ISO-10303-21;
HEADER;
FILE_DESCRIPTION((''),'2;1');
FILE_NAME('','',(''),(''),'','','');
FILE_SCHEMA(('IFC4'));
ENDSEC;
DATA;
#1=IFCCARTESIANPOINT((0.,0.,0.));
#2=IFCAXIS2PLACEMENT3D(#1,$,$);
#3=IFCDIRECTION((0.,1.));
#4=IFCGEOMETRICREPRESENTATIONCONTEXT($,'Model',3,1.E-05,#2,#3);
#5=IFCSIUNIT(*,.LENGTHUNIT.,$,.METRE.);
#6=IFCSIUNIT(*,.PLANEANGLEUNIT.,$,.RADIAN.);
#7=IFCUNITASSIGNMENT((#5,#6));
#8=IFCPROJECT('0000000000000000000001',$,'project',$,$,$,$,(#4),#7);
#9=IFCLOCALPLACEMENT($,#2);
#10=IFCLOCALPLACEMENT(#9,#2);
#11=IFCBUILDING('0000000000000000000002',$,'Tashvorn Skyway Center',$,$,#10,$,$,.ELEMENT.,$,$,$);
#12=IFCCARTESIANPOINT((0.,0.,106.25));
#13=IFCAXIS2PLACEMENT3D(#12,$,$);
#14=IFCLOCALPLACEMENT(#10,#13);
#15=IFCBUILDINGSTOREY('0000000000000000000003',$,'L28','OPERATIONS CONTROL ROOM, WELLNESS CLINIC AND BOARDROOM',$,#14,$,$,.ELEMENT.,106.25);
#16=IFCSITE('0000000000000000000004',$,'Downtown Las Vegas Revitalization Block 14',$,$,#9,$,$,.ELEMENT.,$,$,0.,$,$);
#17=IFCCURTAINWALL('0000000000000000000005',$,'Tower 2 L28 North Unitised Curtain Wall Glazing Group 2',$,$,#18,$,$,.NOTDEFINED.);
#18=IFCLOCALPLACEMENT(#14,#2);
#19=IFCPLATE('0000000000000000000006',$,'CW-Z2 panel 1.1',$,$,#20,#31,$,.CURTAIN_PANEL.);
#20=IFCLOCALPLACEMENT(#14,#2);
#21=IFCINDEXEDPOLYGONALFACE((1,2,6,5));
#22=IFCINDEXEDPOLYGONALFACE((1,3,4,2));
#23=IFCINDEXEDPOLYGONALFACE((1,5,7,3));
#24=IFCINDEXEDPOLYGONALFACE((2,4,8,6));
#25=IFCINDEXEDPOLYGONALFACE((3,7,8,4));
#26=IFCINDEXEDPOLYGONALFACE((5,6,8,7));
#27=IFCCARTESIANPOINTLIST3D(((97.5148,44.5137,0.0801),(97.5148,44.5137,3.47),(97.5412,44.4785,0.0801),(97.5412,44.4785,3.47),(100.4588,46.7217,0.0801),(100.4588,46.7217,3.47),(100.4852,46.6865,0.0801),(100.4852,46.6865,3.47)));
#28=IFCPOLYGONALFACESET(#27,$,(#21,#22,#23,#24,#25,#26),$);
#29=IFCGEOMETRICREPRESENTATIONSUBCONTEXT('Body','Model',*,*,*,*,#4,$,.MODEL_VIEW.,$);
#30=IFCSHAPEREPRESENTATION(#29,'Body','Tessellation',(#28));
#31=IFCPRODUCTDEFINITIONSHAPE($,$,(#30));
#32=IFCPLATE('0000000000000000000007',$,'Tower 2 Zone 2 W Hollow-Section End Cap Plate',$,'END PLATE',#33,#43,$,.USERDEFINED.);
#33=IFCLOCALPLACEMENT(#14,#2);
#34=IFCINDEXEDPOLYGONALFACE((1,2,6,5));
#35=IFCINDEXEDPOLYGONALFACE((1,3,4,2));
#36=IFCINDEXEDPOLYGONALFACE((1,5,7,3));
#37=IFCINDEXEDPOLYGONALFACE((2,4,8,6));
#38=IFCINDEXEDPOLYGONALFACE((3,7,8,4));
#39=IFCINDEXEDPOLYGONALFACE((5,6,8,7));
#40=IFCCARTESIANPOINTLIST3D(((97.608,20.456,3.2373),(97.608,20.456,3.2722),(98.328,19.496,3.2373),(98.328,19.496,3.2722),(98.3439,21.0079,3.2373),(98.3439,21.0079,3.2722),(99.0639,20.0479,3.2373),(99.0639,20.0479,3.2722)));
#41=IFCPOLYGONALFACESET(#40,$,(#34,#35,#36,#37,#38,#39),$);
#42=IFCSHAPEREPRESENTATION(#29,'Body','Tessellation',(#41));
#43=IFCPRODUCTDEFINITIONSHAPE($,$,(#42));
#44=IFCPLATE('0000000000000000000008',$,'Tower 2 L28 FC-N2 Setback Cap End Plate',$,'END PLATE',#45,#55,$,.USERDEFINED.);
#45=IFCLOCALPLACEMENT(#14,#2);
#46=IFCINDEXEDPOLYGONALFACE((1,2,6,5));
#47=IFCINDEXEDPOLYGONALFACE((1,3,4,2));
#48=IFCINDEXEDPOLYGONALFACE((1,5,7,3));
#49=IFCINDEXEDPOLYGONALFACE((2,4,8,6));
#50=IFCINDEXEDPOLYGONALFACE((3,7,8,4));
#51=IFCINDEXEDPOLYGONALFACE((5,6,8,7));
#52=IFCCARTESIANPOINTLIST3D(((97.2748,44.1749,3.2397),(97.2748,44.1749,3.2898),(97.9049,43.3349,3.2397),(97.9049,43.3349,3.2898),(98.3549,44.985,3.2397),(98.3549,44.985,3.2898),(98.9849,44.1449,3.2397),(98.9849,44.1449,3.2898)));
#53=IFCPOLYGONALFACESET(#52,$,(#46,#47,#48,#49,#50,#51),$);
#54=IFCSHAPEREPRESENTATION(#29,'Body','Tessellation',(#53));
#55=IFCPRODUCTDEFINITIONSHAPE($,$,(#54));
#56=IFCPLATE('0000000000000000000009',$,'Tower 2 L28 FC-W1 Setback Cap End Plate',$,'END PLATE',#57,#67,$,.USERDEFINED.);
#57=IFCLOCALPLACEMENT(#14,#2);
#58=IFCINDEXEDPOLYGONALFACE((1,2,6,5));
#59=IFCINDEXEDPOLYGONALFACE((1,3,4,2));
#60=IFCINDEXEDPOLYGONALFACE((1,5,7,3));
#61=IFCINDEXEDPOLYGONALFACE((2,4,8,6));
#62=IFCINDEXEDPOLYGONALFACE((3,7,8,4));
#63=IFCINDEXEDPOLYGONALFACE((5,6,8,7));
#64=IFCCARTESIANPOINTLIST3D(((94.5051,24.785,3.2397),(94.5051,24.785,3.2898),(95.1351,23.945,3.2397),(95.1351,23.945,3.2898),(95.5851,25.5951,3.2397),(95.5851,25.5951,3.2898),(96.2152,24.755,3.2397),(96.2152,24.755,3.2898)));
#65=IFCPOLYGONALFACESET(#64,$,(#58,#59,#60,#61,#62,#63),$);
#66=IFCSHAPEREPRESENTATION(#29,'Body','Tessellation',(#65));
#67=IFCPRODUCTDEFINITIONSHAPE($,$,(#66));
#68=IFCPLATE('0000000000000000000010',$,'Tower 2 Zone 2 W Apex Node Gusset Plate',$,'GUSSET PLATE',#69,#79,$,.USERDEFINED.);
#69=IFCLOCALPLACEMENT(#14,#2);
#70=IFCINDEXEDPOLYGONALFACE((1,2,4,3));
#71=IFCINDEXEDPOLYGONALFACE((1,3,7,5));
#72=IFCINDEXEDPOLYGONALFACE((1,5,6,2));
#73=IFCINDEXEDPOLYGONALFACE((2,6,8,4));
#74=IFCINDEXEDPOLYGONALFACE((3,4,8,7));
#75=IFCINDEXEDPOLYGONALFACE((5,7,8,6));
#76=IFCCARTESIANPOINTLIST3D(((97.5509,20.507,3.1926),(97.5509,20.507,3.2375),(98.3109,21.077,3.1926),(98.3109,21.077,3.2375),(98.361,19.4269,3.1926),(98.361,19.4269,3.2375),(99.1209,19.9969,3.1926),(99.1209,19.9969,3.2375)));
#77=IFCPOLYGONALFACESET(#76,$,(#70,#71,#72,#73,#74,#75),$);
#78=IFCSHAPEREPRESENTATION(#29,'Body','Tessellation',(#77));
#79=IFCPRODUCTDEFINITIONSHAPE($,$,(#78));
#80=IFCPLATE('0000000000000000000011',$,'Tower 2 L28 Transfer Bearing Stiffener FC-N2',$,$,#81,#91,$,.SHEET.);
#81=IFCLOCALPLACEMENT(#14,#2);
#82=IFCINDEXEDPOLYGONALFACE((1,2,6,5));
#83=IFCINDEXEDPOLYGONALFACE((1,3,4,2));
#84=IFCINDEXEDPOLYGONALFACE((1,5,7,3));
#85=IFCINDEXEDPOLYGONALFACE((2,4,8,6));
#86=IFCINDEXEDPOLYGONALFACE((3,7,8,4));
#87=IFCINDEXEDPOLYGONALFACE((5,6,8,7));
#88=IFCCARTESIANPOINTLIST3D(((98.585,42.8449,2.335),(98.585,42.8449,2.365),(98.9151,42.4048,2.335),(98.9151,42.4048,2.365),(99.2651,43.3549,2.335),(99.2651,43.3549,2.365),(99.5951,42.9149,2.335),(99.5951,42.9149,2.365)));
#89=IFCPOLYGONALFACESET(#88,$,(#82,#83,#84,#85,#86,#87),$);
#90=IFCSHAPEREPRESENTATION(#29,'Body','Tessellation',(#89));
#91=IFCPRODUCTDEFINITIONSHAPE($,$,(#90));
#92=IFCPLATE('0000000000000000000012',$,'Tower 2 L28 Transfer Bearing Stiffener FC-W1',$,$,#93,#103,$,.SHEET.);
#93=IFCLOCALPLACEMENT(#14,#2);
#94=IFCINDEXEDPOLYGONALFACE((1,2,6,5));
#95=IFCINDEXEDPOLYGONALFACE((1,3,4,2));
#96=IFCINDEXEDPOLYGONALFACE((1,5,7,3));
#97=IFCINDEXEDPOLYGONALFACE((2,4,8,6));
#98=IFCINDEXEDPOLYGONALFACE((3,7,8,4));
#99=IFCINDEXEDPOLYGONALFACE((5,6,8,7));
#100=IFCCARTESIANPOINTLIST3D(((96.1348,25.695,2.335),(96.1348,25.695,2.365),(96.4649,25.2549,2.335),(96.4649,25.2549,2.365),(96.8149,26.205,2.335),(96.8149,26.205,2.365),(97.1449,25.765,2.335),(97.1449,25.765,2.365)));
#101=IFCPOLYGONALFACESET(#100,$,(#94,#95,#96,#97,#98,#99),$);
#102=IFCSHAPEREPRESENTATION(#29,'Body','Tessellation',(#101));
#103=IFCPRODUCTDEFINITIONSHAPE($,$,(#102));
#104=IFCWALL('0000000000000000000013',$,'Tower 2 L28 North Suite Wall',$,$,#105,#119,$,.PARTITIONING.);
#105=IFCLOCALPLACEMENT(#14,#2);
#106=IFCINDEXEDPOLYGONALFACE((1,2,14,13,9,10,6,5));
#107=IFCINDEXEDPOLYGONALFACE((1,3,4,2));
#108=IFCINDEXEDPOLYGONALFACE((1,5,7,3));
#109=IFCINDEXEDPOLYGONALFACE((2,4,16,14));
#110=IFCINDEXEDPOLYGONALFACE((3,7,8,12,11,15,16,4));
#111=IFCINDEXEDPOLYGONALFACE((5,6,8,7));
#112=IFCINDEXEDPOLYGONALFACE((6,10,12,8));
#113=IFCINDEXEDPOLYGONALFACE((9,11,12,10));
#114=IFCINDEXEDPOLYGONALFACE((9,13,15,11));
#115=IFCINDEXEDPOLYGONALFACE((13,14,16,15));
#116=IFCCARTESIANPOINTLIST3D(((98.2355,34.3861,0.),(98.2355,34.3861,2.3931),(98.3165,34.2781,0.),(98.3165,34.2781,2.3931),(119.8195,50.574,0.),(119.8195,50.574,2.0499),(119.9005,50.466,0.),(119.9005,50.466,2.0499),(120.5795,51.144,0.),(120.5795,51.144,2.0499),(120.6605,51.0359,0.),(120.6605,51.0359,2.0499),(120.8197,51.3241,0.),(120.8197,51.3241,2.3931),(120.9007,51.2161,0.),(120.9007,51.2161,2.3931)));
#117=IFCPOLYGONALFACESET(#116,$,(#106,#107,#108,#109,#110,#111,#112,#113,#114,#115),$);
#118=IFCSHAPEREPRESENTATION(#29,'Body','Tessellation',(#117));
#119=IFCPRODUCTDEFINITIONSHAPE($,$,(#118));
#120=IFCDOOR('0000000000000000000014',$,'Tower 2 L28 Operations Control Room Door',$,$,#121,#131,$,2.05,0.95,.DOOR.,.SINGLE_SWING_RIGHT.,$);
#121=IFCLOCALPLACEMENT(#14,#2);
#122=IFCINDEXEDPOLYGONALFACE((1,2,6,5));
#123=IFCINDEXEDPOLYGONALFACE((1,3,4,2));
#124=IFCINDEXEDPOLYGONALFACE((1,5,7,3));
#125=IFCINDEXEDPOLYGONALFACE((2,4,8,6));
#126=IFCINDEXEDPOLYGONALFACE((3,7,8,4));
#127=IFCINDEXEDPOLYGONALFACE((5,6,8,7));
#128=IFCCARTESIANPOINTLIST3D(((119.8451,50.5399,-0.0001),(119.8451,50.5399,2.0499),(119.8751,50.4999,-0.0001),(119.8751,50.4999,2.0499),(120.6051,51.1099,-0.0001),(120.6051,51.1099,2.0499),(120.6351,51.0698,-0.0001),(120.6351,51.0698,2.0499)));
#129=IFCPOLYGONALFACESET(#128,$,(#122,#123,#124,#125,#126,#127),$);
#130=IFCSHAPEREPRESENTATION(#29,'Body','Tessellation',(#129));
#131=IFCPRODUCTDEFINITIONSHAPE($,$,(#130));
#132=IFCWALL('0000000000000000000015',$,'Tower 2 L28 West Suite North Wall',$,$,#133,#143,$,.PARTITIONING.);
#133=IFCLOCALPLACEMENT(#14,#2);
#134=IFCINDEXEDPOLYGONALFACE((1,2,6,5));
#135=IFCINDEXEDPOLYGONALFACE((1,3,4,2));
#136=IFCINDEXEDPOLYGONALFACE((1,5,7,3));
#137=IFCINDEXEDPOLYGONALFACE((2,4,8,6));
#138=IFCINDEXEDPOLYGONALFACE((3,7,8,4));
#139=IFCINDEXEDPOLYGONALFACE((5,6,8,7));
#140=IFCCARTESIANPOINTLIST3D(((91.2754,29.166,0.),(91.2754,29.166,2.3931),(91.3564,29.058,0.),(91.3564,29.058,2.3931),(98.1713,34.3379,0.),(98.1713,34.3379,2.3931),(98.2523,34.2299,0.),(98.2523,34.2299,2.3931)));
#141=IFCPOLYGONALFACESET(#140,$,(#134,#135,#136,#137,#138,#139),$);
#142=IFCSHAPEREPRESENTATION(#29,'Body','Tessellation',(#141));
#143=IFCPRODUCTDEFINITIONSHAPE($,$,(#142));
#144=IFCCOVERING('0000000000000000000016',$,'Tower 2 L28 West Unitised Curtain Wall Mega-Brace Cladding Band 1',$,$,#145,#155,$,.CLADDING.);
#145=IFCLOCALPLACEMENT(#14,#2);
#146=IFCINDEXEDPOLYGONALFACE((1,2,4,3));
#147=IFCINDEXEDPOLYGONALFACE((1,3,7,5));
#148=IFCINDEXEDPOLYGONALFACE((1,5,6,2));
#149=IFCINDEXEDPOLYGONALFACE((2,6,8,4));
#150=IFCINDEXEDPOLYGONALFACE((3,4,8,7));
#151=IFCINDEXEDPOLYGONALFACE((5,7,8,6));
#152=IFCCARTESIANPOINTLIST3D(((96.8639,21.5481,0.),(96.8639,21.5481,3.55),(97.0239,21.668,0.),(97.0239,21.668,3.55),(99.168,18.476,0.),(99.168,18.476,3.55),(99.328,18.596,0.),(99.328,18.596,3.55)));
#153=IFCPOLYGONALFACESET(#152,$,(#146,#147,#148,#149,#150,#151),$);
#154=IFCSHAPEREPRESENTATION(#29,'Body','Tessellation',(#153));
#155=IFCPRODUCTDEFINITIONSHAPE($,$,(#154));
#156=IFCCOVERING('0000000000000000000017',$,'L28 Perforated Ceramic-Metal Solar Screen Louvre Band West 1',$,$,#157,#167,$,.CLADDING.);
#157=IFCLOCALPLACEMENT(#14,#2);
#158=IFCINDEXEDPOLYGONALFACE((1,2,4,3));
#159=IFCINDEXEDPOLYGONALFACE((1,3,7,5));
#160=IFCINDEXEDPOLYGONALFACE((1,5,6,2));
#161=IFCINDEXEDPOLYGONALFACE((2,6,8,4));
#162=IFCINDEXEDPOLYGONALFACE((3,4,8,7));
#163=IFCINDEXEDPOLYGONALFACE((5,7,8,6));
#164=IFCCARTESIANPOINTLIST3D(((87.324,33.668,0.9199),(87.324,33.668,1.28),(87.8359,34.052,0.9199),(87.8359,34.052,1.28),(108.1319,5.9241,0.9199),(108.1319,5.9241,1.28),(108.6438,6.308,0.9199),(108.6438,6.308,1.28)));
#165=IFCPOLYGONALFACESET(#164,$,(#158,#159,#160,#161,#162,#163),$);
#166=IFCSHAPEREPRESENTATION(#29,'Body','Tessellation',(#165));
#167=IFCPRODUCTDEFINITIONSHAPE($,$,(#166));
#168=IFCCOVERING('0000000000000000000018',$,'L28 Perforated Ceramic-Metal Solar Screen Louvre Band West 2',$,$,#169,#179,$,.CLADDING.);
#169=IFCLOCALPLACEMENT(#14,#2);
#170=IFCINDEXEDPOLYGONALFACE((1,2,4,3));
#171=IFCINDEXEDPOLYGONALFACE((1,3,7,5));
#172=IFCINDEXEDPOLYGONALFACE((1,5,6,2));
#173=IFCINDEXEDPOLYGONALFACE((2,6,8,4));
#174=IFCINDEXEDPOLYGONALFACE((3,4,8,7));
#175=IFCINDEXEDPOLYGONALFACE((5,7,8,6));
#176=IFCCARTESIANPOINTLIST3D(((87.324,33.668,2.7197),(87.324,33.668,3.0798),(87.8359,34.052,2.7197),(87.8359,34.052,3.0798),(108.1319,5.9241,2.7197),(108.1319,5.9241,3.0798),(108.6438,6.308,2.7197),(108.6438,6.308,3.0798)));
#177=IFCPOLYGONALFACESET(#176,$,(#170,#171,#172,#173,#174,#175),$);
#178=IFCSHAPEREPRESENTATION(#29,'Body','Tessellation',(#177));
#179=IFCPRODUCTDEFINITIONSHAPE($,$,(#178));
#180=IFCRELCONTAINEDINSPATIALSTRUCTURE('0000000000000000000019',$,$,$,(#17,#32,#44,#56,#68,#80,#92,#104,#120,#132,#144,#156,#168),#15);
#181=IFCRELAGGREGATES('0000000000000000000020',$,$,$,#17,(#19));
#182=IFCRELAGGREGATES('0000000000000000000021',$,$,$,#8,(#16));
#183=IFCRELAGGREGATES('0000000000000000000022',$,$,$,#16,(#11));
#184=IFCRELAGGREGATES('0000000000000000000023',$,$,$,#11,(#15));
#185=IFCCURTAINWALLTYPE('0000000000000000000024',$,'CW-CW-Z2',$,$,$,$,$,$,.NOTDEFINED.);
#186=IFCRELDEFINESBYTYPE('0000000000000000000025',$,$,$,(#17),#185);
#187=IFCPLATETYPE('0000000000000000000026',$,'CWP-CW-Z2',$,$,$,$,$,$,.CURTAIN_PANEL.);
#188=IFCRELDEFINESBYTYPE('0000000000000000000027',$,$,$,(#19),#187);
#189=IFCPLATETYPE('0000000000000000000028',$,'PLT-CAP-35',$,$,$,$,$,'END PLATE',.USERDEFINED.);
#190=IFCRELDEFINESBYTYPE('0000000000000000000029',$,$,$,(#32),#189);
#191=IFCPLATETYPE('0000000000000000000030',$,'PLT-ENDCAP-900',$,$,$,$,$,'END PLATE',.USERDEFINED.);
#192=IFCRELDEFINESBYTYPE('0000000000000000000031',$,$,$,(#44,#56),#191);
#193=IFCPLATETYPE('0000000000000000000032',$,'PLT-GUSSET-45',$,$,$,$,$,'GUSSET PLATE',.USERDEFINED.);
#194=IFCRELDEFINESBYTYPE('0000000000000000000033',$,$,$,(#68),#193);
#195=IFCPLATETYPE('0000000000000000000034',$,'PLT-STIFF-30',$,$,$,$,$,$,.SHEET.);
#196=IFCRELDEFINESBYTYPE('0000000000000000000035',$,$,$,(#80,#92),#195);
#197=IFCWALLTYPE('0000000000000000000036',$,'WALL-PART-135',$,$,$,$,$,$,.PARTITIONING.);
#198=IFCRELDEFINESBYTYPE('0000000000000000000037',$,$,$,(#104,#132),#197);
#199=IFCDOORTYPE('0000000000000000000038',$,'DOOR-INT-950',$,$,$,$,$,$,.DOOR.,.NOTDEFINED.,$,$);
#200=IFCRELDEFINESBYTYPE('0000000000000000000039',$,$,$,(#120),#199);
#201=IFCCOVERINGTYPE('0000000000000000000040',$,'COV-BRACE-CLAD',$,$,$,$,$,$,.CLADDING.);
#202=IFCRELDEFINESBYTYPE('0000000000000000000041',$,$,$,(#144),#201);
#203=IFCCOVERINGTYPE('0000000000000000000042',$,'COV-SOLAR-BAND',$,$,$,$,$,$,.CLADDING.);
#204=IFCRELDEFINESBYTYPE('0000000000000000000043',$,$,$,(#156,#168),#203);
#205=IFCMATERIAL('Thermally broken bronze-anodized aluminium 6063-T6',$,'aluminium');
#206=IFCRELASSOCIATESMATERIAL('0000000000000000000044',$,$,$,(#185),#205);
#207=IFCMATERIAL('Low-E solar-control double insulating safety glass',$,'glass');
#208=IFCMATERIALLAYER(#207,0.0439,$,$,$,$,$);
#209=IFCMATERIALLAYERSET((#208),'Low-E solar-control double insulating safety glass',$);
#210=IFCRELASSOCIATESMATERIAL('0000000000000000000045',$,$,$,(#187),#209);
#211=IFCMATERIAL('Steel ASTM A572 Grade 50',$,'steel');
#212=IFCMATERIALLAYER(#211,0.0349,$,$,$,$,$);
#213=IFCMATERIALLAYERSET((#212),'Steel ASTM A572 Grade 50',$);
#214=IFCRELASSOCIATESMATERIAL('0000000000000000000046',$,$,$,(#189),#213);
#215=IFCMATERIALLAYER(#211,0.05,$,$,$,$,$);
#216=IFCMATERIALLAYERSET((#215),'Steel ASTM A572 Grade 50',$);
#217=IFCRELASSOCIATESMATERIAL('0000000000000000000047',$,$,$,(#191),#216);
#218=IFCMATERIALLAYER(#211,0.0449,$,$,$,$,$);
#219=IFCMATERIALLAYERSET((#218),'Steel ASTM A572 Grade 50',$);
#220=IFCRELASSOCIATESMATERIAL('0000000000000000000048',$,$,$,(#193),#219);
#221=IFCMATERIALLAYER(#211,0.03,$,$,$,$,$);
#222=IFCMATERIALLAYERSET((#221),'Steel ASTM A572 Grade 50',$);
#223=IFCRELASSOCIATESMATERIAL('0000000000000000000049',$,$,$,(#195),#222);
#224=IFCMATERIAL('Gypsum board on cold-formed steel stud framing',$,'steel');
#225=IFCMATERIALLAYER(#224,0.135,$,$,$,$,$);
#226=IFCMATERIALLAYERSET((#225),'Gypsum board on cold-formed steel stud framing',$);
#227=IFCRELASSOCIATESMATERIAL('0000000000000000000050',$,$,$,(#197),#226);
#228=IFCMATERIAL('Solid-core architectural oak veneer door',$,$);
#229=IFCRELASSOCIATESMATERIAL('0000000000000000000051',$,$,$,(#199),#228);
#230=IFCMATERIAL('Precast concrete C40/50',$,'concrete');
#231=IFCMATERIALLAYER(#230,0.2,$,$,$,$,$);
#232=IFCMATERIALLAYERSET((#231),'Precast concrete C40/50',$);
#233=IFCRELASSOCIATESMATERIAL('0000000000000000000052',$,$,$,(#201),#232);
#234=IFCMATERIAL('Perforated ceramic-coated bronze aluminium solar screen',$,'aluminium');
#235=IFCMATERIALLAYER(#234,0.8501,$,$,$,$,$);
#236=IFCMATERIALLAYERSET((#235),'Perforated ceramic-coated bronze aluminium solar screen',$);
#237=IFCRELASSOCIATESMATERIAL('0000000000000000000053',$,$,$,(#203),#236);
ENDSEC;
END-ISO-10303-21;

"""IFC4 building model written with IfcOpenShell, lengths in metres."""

from ifc_helpers import new_model, si_unit, direction, frame, frame_2d, origin, origin_2d, place, context, subcontext, project, spatial, rectangle, extrude, material, layer, layer_set, type_object, element, fill, aggregate, save


model = new_model("IFC4")

# Units and contexts
model_context = context("Model", 3, precision=1e-05, world=origin(), true_north=direction((0.0, 1.0)))
body_context = subcontext(model_context, "Body", "Model", "MODEL_VIEW")
ifc_project = project(units=[si_unit("LENGTHUNIT", "METRE"), si_unit("PLANEANGLEUNIT", "RADIAN")], contexts=[model_context])

# Site, building, storey
site_placement = place(None, origin())
site = spatial("IfcSite", under=ifc_project, at=site_placement, Name="Downtown Las Vegas Revitalization Block 14", CompositionType="ELEMENT", RefElevation=0.0)
building_placement = place(site_placement, origin())
building = spatial("IfcBuilding", under=site, at=building_placement, Name="Tashvorn Skyway Center", CompositionType="ELEMENT")
storey_placement = place(building_placement, frame((0.0, 0.0, 106.25)))
storey = spatial("IfcBuildingStorey", under=building, at=storey_placement, Name="L28", Description="OPERATIONS CONTROL ROOM, WELLNESS CLINIC AND BOARDROOM", CompositionType="ELEMENT", Elevation=106.25)

# Shared definitions
ifc_material_1 = material(Name="Steel ASTM A572 Grade 50", Category="steel")

# Shared definitions
ifc_material_2 = material(Name="Thermally broken bronze-anodized aluminium 6063-T6", Category="aluminium")
curtain_wall_type = type_object("IfcCurtainWallType", Name="CW-CW-Z2", PredefinedType="NOTDEFINED", material=ifc_material_2)

# Curtain wall
curtain_wall_1_placement = place(storey_placement, origin())
curtain_wall_1 = element("IfcCurtainWall", 1, at=curtain_wall_1_placement, inside=storey, type_object=curtain_wall_type, Name="Tower 2 L28 North Unitised Curtain Wall Glazing Group 2", PredefinedType="NOTDEFINED")

# Plate
ifc_material_3 = material(Name="Low-E solar-control double insulating safety glass", Category="glass")
ifc_layer_1 = layer(ifc_material_3, 0.0439)
ifc_layer_set_1 = layer_set([ifc_layer_1], Name="Low-E solar-control double insulating safety glass")
plate_type_1 = type_object("IfcPlateType", Name="CWP-CW-Z2", PredefinedType="CURTAIN_PANEL", material=ifc_layer_set_1)
plate_1_placement = place(storey_placement, frame((99.0, 45.6001, 0.0801), z_axis=(0.0, 0.0, 1.0), x_axis=(0.8, 0.6, 0.0)))
plate_1 = element("IfcPlate", 2, at=plate_1_placement, type_object=plate_type_1, Name="CW-Z2 panel 1.1", PredefinedType="CURTAIN_PANEL", context=body_context, shape_type="SweptSolid", body=[
    extrude(rectangle(XDim=3.6799, YDim=0.0439, at=origin_2d()), origin(), (0.0, 0.0, 1.0), 3.3899),
])
aggregate(curtain_wall_1, [plate_1])

# Plates
ifc_layer_2 = layer(ifc_material_1, 0.0349)
ifc_layer_set_2 = layer_set([ifc_layer_2], Name="Steel ASTM A572 Grade 50")
plate_type_2 = type_object("IfcPlateType", Name="PLT-CAP-35", ElementType="END PLATE", PredefinedType="USERDEFINED", material=ifc_layer_set_2)
plate_2_placement = place(storey_placement, frame((98.3359, 20.252, 3.2373), z_axis=(0.0, 0.0, 1.0), x_axis=(0.6, -0.8, 0.0)))
element("IfcPlate", 3, at=plate_2_placement, inside=storey, type_object=plate_type_2, Name="Tower 2 Zone 2 W Hollow-Section End Cap Plate", ObjectType="END PLATE", PredefinedType="USERDEFINED", context=body_context, shape_type="SweptSolid", body=[
    extrude(rectangle(XDim=1.2, YDim=0.9199, at=origin_2d()), origin(), (0.0, 0.0, 1.0), 0.0349),
])
ifc_layer_3 = layer(ifc_material_1, 0.05)
ifc_layer_set_3 = layer_set([ifc_layer_3], Name="Steel ASTM A572 Grade 50")
plate_type_3 = type_object("IfcPlateType", Name="PLT-ENDCAP-900", ElementType="END PLATE", PredefinedType="USERDEFINED", material=ifc_layer_set_3)
for number, where, z_axis, x_axis, name in (
    (4, (98.1299, 44.1599, 3.2397), (0.0, 0.0, 1.0), (0.8, 0.6, 0.0), "Tower 2 L28 FC-N2 Setback Cap End Plate"),
    (5, (95.3601, 24.77, 3.2397), (0.0, 0.0, 1.0), (0.8, 0.6, 0.0), "Tower 2 L28 FC-W1 Setback Cap End Plate"),
):
    element("IfcPlate", number, at=place(storey_placement, frame(where, z_axis=z_axis, x_axis=x_axis)), inside=storey, type_object=plate_type_3, Name=name, ObjectType="END PLATE", PredefinedType="USERDEFINED", context=body_context, shape_type="SweptSolid", body=[
        extrude(rectangle(XDim=1.3501, YDim=1.05, at=origin_2d()), origin(), (0.0, 0.0, 1.0), 0.05),
    ])
ifc_layer_4 = layer(ifc_material_1, 0.0449)
ifc_layer_set_4 = layer_set([ifc_layer_4], Name="Steel ASTM A572 Grade 50")
plate_type_4 = type_object("IfcPlateType", Name="PLT-GUSSET-45", ElementType="GUSSET PLATE", PredefinedType="USERDEFINED", material=ifc_layer_set_4)
plate_3_placement = place(storey_placement, frame((98.3359, 20.252, 3.1926), z_axis=(0.0, 0.0, 1.0), x_axis=(0.6, -0.8, 0.0)))
element("IfcPlate", 6, at=plate_3_placement, inside=storey, type_object=plate_type_4, Name="Tower 2 Zone 2 W Apex Node Gusset Plate", ObjectType="GUSSET PLATE", PredefinedType="USERDEFINED", context=body_context, shape_type="SweptSolid", body=[
    extrude(rectangle(XDim=1.3501, YDim=0.95, at=origin_2d()), origin(), (0.0, 0.0, 1.0), 0.0449),
])
ifc_layer_5 = layer(ifc_material_1, 0.03)
ifc_layer_set_5 = layer_set([ifc_layer_5], Name="Steel ASTM A572 Grade 50")
plate_type_5 = type_object("IfcPlateType", Name="PLT-STIFF-30", PredefinedType="SHEET", material=ifc_layer_set_5)
for number, where, z_axis, x_axis, name in (
    (7, (99.0901, 42.8799, 2.335), (0.0, 0.0, 1.0), (0.8, 0.6, 0.0), "Tower 2 L28 Transfer Bearing Stiffener FC-N2"),
    (8, (96.6399, 25.73, 2.335), (0.0, 0.0, 1.0), (0.8, 0.6, 0.0), "Tower 2 L28 Transfer Bearing Stiffener FC-W1"),
):
    element("IfcPlate", number, at=place(storey_placement, frame(where, z_axis=z_axis, x_axis=x_axis)), inside=storey, type_object=plate_type_5, Name=name, PredefinedType="SHEET", context=body_context, shape_type="SweptSolid", body=[
        extrude(rectangle(XDim=0.8501, YDim=0.55, at=origin_2d()), origin(), (0.0, 0.0, 1.0), 0.03),
    ])

# Wall, opening, door
ifc_material_4 = material(Name="Gypsum board on cold-formed steel stud framing", Category="steel")
ifc_layer_6 = layer(ifc_material_4, 0.135)
ifc_layer_set_6 = layer_set([ifc_layer_6], Name="Gypsum board on cold-formed steel stud framing")
wall_type = type_object("IfcWallType", Name="WALL-PART-135", PredefinedType="PARTITIONING", material=ifc_layer_set_6)
wall_1_placement = place(storey_placement, frame((98.2759, 34.332, 0.0), z_axis=(0.0, 0.0, 1.0), x_axis=(0.800003, 0.599996, 0.0)))
wall_1 = element("IfcWall", 9, at=wall_1_placement, inside=storey, type_object=wall_type, Name="Tower 2 L28 North Suite Wall", PredefinedType="PARTITIONING", context=body_context, shape_type="SweptSolid", body=[
    extrude(rectangle(XDim=28.2302, YDim=0.135, at=frame_2d((14.1152, 0.0))), origin(), (0.0, 0.0, 1.0), 2.3931),
])
opening_placement = place(wall_1_placement, frame((26.98, 0.0, 0.0)))
opening = element("IfcOpeningElement", 10, at=opening_placement, cuts=wall_1, PredefinedType="OPENING", context=body_context, shape_type="SweptSolid", body=[
    extrude(rectangle(XDim=0.95, YDim=2.05, at=frame_2d((0.4751, 1.0249))), frame((0.0, 0.0774, 0.0), z_axis=(0.0, -1.0, 0.0), x_axis=(1.0, 0.0, 0.0)), (0.0, 0.0, 1.0), 0.155),
])
ifc_material_5 = material(Name="Solid-core architectural oak veneer door")
door_type = type_object("IfcDoorType", Name="DOOR-INT-950", OperationType="NOTDEFINED", PredefinedType="DOOR", material=ifc_material_5)
door_placement = place(opening_placement, origin())
door = element("IfcDoor", 11, at=door_placement, inside=storey, type_object=door_type, Name="Tower 2 L28 Operations Control Room Door", OperationType="SINGLE_SWING_RIGHT", OverallHeight=2.05, OverallWidth=0.95, PredefinedType="DOOR", context=body_context, shape_type="SweptSolid", body=[
    extrude(rectangle(XDim=0.95, YDim=2.05, at=frame_2d((0.4751, 1.0249))), frame((0.0, 0.0249, 0.0), z_axis=(0.0, -1.0, 0.0), x_axis=(1.0, 0.0, 0.0)), (0.0, 0.0, 1.0), 0.05),
])
fill(opening, door)

# Wall
wall_2_placement = place(storey_placement, frame((98.2119, 34.2839, 0.0), z_axis=(0.0, 0.0, 1.0), x_axis=(-0.800007, -0.599991, 0.0)))
element("IfcWall", 12, at=wall_2_placement, inside=storey, type_object=wall_type, Name="Tower 2 L28 West Suite North Wall", PredefinedType="PARTITIONING", context=body_context, shape_type="SweptSolid", body=[
    extrude(rectangle(XDim=8.6199, YDim=0.135, at=frame_2d((4.3101, 0.0))), origin(), (0.0, 0.0, 1.0), 2.3931),
])

# Coverings
ifc_material_6 = material(Name="Precast concrete C40/50", Category="concrete")
ifc_layer_7 = layer(ifc_material_6, 0.2)
ifc_layer_set_7 = layer_set([ifc_layer_7], Name="Precast concrete C40/50")
covering_type_1 = type_object("IfcCoveringType", Name="COV-BRACE-CLAD", PredefinedType="CLADDING", material=ifc_layer_set_7)
covering_placement = place(storey_placement, frame((98.0959, 20.072, 0.0), z_axis=(0.0, 0.0, 1.0), x_axis=(-0.6, 0.8, 0.0)))
element("IfcCovering", 13, at=covering_placement, inside=storey, type_object=covering_type_1, Name="Tower 2 L28 West Unitised Curtain Wall Mega-Brace Cladding Band 1", PredefinedType="CLADDING", context=body_context, shape_type="SweptSolid", body=[
    extrude(rectangle(XDim=3.8401, YDim=0.2, at=origin_2d()), origin(), (0.0, 0.0, 1.0), 3.55),
])
ifc_material_7 = material(Name="Perforated ceramic-coated bronze aluminium solar screen", Category="aluminium")
ifc_layer_8 = layer(ifc_material_7, 0.8501)
ifc_layer_set_8 = layer_set([ifc_layer_8], Name="Perforated ceramic-coated bronze aluminium solar screen")
covering_type_2 = type_object("IfcCoveringType", Name="COV-SOLAR-BAND", PredefinedType="CLADDING", material=ifc_layer_set_8)
for number, where, z_axis, x_axis, name in (
    (14, (97.9839, 19.988, 0.9199), (0.0, 0.0, 1.0), (-0.6, 0.8, 0.0), "L28 Perforated Ceramic-Metal Solar Screen Louvre Band West 1"),
    (15, (97.9839, 19.988, 2.7197), (0.0, 0.0, 1.0), (-0.6, 0.8, 0.0), "L28 Perforated Ceramic-Metal Solar Screen Louvre Band West 2"),
):
    element("IfcCovering", number, at=place(storey_placement, frame(where, z_axis=z_axis, x_axis=x_axis)), inside=storey, type_object=covering_type_2, Name=name, PredefinedType="CLADDING", context=body_context, shape_type="SweptSolid", body=[
        extrude(rectangle(XDim=34.6799, YDim=0.6399, at=origin_2d()), origin(), (0.0, 0.0, 1.0), 0.3601),
    ])

save(model, "model.ifc")
